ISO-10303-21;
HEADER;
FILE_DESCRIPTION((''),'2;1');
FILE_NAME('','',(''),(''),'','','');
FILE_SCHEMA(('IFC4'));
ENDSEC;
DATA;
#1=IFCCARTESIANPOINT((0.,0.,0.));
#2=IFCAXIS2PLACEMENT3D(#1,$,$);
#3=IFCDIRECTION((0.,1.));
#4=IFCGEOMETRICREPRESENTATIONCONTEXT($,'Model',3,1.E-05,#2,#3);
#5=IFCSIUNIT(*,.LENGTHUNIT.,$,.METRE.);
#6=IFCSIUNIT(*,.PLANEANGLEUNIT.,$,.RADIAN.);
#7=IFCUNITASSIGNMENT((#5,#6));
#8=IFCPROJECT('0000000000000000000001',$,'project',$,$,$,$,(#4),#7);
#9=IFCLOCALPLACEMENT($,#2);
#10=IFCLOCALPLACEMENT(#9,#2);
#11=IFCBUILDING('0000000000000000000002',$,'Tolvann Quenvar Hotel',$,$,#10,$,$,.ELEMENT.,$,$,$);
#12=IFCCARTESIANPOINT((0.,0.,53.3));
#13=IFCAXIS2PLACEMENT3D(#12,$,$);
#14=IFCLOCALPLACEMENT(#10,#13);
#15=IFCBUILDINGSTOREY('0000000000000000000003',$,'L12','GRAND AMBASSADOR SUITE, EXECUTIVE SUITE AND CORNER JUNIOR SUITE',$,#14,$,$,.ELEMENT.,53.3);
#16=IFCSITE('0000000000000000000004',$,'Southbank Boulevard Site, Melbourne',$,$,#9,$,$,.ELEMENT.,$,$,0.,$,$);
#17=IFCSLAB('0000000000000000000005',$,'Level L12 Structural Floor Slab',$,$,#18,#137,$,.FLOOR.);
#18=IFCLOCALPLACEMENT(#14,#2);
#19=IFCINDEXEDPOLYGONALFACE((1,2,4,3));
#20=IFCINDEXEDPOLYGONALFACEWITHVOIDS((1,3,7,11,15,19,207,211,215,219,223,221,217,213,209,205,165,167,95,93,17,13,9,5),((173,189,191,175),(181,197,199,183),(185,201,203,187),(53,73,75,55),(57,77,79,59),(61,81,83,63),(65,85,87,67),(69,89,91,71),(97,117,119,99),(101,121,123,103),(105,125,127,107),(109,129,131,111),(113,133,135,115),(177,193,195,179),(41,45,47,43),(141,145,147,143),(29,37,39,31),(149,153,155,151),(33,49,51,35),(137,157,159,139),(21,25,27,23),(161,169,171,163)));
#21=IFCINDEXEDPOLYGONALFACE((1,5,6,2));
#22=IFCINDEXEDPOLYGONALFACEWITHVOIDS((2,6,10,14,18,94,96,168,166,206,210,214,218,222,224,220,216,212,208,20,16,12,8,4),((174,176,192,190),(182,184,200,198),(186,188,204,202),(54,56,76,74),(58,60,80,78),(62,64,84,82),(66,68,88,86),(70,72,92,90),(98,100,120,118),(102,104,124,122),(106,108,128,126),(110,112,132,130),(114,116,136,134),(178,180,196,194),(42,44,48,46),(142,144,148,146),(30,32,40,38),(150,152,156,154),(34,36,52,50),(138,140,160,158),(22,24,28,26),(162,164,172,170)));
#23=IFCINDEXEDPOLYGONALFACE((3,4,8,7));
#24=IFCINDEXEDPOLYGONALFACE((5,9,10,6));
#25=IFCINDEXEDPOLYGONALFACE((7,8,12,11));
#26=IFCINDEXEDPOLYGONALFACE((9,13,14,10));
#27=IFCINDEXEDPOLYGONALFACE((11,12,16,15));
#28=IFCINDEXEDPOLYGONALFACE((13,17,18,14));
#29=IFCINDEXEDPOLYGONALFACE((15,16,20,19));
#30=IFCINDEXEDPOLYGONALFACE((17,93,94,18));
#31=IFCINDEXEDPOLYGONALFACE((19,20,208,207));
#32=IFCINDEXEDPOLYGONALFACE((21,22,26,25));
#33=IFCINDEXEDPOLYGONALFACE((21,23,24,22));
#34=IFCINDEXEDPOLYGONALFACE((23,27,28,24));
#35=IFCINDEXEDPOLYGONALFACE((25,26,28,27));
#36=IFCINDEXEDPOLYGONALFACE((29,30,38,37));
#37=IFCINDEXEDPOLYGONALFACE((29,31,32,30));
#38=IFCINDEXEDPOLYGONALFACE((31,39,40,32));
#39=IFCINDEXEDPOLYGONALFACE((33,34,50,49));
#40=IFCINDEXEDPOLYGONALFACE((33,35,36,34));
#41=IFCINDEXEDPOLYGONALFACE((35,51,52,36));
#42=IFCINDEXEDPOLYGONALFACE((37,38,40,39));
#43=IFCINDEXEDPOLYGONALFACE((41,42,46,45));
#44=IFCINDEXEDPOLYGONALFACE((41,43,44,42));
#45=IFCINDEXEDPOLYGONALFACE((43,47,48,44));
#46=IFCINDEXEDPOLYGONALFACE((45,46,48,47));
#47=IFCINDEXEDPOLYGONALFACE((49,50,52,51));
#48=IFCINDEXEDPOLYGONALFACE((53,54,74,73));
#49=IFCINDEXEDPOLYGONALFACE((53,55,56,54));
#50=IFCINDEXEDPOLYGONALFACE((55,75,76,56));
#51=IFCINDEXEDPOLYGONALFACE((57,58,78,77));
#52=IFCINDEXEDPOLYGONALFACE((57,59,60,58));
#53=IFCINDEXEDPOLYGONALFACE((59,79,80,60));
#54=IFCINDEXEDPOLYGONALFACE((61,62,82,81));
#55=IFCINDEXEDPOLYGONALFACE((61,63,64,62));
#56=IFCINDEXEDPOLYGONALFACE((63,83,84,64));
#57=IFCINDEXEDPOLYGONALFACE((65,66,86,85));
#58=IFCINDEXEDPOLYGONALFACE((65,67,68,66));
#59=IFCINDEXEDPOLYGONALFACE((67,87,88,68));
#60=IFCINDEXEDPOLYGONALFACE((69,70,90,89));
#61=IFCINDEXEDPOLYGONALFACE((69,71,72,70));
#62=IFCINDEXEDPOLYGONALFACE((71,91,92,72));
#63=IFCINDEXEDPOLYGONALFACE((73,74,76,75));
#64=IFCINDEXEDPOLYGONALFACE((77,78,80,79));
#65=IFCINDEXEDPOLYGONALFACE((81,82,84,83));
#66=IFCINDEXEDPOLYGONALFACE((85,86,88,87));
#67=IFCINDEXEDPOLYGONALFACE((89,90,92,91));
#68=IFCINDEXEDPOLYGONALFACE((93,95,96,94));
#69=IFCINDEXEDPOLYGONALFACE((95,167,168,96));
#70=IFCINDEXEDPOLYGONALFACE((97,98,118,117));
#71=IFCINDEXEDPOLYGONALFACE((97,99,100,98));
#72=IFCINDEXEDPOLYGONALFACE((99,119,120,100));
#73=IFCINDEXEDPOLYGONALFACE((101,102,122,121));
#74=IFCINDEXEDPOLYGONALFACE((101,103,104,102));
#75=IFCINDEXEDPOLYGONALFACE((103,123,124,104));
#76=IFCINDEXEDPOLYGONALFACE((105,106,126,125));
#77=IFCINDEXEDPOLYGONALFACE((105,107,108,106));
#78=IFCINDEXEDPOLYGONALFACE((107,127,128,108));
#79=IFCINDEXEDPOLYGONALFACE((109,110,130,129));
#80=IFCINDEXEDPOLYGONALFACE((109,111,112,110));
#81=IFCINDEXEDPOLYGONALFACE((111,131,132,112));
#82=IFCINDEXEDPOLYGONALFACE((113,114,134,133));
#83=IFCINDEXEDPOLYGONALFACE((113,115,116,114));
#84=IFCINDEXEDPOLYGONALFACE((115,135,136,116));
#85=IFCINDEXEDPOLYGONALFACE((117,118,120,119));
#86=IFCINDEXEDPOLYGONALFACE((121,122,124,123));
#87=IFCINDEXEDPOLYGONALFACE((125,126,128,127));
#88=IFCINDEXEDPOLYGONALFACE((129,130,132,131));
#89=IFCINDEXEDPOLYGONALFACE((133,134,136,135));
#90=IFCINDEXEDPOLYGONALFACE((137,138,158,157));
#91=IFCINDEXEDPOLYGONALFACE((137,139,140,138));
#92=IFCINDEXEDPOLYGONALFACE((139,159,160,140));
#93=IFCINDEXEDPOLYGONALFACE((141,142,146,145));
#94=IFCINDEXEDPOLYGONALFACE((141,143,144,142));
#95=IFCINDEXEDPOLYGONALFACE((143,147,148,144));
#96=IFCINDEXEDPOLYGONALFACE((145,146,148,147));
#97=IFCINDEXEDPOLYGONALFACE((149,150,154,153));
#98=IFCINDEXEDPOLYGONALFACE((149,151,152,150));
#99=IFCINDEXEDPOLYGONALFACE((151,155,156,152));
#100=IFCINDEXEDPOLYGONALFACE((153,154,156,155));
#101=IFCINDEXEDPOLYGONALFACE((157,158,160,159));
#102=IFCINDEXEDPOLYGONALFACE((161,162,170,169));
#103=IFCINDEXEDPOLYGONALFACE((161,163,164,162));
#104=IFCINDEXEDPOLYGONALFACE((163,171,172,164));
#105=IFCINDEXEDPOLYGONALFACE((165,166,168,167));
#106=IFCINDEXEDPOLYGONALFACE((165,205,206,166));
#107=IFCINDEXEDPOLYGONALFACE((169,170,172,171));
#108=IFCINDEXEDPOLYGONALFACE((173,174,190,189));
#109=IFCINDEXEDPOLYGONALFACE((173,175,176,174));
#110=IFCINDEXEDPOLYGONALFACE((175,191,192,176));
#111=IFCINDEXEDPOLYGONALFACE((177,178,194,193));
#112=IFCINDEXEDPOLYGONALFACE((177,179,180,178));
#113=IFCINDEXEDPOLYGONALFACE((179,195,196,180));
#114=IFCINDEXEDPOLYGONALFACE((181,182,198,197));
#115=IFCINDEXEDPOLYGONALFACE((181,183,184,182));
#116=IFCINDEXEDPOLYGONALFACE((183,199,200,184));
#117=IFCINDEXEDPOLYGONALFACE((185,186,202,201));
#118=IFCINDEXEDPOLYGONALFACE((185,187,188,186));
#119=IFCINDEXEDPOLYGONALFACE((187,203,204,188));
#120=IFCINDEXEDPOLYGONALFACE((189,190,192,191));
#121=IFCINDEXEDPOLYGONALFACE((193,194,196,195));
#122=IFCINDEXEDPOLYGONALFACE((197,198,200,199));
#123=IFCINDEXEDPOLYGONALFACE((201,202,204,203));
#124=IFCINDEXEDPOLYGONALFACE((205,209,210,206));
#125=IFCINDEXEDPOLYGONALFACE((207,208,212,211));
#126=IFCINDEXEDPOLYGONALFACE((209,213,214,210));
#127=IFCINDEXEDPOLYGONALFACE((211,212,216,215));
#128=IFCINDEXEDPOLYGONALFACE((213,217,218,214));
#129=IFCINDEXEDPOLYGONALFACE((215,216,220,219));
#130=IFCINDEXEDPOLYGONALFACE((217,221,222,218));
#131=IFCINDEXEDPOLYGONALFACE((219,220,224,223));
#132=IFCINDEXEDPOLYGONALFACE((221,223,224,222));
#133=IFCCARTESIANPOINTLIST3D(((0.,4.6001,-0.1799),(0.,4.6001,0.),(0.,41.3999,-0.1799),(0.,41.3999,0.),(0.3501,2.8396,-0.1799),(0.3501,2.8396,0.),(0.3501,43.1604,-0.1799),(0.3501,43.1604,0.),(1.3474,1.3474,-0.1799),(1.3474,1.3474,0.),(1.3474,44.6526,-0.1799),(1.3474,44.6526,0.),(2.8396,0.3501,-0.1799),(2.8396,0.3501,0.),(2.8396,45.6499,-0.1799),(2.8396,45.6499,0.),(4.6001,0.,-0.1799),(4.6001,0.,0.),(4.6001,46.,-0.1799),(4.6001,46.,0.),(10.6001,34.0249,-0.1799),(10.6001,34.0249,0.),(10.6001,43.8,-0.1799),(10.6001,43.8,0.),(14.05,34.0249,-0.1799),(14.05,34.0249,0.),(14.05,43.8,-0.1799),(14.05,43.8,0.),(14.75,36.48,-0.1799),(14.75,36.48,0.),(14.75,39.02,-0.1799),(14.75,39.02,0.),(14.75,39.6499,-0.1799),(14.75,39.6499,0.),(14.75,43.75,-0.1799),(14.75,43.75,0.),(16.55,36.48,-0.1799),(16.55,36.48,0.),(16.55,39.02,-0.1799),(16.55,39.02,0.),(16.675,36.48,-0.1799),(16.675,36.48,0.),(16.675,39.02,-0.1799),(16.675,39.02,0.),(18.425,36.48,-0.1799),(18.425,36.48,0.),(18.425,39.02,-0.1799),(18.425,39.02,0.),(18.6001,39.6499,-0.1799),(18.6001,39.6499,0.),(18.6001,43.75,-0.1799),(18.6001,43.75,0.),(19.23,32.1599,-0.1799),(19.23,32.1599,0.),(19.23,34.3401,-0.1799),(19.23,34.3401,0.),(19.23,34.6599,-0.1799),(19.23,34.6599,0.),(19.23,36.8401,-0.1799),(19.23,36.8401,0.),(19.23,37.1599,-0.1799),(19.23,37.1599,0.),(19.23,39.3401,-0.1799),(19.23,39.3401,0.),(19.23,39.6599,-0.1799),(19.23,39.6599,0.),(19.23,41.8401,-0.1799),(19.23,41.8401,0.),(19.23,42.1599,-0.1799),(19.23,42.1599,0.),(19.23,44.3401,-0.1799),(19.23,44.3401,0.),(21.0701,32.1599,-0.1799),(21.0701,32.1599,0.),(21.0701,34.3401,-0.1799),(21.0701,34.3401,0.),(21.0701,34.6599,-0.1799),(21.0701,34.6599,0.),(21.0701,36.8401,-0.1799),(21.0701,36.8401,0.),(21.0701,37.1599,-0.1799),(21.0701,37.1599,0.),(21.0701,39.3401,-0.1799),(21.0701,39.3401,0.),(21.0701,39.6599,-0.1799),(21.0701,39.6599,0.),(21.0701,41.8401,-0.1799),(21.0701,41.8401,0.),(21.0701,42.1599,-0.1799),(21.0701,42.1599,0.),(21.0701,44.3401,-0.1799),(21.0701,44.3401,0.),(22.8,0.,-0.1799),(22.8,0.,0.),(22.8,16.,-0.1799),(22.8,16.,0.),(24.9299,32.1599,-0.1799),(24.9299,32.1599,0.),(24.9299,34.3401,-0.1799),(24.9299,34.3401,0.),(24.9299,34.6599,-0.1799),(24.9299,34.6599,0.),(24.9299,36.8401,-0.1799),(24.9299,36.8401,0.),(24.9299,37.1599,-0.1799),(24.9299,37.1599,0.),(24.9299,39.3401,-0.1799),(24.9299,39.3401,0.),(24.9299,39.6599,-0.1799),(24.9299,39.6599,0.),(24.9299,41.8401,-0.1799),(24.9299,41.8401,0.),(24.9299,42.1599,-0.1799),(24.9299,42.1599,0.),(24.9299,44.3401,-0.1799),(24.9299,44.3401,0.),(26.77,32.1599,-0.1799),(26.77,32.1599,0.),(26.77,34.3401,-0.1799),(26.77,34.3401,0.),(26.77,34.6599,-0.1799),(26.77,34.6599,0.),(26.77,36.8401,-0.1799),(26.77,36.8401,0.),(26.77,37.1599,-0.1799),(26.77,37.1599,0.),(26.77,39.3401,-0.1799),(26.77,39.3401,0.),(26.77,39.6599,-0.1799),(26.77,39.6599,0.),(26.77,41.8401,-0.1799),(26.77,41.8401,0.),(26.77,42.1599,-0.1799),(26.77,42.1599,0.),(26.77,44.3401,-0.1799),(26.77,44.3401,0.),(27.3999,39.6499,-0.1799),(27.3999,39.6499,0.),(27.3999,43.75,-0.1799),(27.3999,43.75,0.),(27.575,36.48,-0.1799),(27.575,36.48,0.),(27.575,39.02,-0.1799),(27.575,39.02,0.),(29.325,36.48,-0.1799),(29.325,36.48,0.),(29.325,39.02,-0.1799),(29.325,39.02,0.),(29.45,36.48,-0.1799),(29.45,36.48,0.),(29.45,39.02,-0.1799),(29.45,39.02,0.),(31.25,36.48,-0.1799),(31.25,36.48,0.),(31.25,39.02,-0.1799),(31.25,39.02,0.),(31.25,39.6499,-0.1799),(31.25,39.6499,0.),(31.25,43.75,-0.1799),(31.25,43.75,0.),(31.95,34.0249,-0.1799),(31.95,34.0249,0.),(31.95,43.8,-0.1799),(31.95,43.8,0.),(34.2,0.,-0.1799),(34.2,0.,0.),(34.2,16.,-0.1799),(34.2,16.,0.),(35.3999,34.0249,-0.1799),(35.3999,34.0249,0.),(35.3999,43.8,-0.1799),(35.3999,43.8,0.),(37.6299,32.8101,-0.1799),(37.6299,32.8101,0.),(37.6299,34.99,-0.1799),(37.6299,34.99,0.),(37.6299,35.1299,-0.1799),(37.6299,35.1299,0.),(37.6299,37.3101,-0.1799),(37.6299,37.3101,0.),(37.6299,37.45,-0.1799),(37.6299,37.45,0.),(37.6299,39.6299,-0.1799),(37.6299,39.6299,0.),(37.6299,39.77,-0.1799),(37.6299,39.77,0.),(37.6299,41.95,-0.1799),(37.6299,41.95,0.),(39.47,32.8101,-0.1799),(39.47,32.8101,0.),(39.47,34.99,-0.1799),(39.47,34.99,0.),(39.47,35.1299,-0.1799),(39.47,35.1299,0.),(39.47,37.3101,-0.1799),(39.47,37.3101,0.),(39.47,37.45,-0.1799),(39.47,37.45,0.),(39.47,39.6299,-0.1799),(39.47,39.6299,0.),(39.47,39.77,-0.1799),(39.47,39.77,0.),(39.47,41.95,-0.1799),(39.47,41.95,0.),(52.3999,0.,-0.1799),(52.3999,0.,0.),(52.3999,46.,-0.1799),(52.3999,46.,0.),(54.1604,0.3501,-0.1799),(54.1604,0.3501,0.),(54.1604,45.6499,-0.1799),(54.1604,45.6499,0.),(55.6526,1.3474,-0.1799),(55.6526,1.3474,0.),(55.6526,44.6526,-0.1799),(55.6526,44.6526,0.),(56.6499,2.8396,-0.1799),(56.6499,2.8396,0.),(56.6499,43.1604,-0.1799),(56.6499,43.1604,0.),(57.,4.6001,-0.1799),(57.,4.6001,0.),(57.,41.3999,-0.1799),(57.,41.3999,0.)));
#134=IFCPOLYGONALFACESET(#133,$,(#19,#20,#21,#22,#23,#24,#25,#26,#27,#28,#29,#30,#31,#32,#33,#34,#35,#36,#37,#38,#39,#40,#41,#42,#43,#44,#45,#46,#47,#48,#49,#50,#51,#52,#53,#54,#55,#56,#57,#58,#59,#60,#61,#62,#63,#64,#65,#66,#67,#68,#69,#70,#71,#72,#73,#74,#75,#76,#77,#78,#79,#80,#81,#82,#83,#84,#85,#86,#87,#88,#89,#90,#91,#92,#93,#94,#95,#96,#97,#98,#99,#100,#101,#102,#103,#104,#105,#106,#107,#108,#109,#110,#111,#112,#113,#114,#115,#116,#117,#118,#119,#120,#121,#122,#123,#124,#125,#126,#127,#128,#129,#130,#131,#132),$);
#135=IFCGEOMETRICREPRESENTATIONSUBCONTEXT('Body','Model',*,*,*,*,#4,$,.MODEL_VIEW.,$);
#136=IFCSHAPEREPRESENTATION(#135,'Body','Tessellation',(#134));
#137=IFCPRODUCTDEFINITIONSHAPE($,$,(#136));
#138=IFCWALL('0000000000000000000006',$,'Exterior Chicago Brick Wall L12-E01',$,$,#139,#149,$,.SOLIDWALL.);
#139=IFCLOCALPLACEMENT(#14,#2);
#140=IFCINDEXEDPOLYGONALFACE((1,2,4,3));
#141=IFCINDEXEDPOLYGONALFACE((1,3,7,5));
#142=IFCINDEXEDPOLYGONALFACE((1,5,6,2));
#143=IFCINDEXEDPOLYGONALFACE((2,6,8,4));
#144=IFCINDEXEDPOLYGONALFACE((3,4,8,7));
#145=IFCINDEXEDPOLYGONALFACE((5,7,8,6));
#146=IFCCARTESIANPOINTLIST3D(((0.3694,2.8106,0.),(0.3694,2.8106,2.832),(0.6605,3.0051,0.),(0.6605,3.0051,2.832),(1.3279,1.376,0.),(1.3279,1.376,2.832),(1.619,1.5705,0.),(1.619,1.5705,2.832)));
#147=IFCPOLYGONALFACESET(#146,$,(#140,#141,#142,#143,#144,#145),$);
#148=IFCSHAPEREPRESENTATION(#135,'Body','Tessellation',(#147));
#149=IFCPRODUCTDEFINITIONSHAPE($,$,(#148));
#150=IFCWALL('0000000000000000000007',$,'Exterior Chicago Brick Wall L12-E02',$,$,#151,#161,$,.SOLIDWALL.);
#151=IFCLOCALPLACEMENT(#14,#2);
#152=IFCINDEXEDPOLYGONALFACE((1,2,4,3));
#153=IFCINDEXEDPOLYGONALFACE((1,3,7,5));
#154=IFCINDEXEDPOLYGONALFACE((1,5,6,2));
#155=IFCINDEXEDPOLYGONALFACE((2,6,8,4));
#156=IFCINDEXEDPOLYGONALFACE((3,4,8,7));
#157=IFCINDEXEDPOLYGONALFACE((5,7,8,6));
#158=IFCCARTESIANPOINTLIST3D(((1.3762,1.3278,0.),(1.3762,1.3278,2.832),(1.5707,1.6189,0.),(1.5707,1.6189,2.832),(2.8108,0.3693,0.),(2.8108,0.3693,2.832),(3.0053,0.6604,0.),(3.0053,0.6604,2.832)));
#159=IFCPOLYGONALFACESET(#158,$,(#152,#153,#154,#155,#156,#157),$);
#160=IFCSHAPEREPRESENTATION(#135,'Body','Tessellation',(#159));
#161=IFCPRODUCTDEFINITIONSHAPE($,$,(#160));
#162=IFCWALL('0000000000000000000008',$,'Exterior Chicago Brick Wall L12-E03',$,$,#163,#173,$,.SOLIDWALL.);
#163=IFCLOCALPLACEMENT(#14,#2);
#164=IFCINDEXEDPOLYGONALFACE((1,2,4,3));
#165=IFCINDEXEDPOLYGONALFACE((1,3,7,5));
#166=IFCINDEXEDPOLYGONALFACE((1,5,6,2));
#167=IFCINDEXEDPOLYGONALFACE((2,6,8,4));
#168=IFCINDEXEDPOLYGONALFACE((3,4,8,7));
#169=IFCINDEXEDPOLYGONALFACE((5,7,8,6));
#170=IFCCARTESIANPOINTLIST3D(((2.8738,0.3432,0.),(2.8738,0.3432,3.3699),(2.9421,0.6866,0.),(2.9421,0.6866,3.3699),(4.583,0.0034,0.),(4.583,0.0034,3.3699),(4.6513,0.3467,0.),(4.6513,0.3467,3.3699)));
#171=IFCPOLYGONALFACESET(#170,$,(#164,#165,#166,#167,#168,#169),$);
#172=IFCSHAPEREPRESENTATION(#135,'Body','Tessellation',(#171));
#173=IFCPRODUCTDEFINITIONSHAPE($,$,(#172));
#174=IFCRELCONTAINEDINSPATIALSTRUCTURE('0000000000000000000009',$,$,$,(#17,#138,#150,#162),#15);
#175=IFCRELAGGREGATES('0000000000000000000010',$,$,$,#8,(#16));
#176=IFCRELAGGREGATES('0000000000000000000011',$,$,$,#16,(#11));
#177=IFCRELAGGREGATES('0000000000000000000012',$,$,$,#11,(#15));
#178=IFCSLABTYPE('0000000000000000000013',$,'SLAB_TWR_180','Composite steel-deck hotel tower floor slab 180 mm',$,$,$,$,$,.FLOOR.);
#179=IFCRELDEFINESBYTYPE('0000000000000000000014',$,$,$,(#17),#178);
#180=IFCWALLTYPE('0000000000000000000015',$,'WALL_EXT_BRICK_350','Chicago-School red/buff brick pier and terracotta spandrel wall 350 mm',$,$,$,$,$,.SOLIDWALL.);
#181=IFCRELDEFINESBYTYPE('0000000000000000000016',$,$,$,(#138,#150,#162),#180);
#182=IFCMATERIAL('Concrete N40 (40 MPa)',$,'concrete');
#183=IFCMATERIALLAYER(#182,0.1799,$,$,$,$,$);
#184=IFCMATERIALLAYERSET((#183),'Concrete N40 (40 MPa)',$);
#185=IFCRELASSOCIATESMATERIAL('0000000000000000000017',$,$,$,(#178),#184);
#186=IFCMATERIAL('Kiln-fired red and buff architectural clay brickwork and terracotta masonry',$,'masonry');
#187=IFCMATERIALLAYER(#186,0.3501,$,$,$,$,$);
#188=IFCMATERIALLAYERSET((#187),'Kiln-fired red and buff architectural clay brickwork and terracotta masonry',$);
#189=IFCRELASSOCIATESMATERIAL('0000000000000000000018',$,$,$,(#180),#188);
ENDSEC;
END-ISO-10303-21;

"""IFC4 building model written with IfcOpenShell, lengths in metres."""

from ifc_helpers import new_model, si_unit, direction, frame, frame_2d, origin, place, context, subcontext, project, spatial, polyline, rectangle, outline, extrude, material, layer, layer_set, type_object, element, save


model = new_model("IFC4")

# Units and contexts
model_context = context("Model", 3, precision=1e-05, world=origin(), true_north=direction((0.0, 1.0)))
body_context = subcontext(model_context, "Body", "Model", "MODEL_VIEW")
ifc_project = project(units=[si_unit("LENGTHUNIT", "METRE"), si_unit("PLANEANGLEUNIT", "RADIAN")], contexts=[model_context])

# Site, building, storey
site_placement = place(None, origin())
site = spatial("IfcSite", under=ifc_project, at=site_placement, Name="Southbank Boulevard Site, Melbourne", CompositionType="ELEMENT", RefElevation=0.0)
building_placement = place(site_placement, origin())
building = spatial("IfcBuilding", under=site, at=building_placement, Name="Tolvann Quenvar Hotel", CompositionType="ELEMENT")
storey_placement = place(building_placement, frame((0.0, 0.0, 53.3)))
storey = spatial("IfcBuildingStorey", under=building, at=storey_placement, Name="L12", Description="GRAND AMBASSADOR SUITE, EXECUTIVE SUITE AND CORNER JUNIOR SUITE", CompositionType="ELEMENT", Elevation=53.3)

# Shared definitions
ifc_material_1 = material(Name="Concrete N40 (40 MPa)", Category="concrete")

# Slab
ifc_layer_1 = layer(ifc_material_1, 0.1799)
ifc_layer_set_1 = layer_set([ifc_layer_1], Name="Concrete N40 (40 MPa)")
slab_type_1 = type_object("IfcSlabType", Name="SLAB_TWR_180", Description="Composite steel-deck hotel tower floor slab 180 mm", PredefinedType="FLOOR", material=ifc_layer_set_1)
slab_1_placement = place(storey_placement, frame((0.0, 0.0, -0.1799)))
element("IfcSlab", 1, at=slab_1_placement, inside=storey, type_object=slab_type_1, Name="Level L12 Structural Floor Slab", PredefinedType="FLOOR", context=body_context, shape_type="SweptSolid", body=[
    extrude(outline(polyline([(0.0, 4.6001), (0.3501, 2.8396), (1.3474, 1.3474), (2.8396, 0.3501), (4.6001, 0.0), (22.8, 0.0), (22.8, 16.0), (34.2, 16.0), (34.2, 0.0), (52.3999, 0.0), (54.1604, 0.3501), (55.6526, 1.3474), (56.6499, 2.8396), (57.0, 4.6001), (57.0, 41.3999), (56.6499, 43.1604), (55.6526, 44.6526), (54.1604, 45.6499), (52.3999, 46.0), (4.6001, 46.0), (2.8396, 45.6499), (1.3474, 44.6526), (0.3501, 43.1604), (0.0, 41.3999), (0.0, 4.6001)]), holes=[polyline([(37.6299, 41.95), (39.47, 41.95), (39.47, 39.77), (37.6299, 39.77), (37.6299, 41.95)]), polyline([(37.6299, 39.6299), (39.47, 39.6299), (39.47, 37.45), (37.6299, 37.45), (37.6299, 39.6299)]), polyline([(37.6299, 37.3101), (39.47, 37.3101), (39.47, 35.1299), (37.6299, 35.1299), (37.6299, 37.3101)]), polyline([(37.6299, 34.99), (39.47, 34.99), (39.47, 32.8101), (37.6299, 32.8101), (37.6299, 34.99)]), polyline([(31.95, 43.8), (35.3999, 43.8), (35.3999, 34.0249), (31.95, 34.0249), (31.95, 43.8)]), polyline([(31.25, 39.02), (31.25, 36.48), (29.45, 36.48), (29.45, 39.02), (31.25, 39.02)]), polyline([(31.25, 43.75), (31.25, 39.6499), (27.3999, 39.6499), (27.3999, 43.75), (31.25, 43.75)]), polyline([(27.575, 39.02), (29.325, 39.02), (29.325, 36.48), (27.575, 36.48), (27.575, 39.02)]), polyline([(26.77, 36.8401), (26.77, 34.6599), (24.9299, 34.6599), (24.9299, 36.8401), (26.77, 36.8401)]), polyline([(26.77, 44.3401), (26.77, 42.1599), (24.9299, 42.1599), (24.9299, 44.3401), (26.77, 44.3401)]), polyline([(26.77, 41.8401), (26.77, 39.6599), (24.9299, 39.6599), (24.9299, 41.8401), (26.77, 41.8401)]), polyline([(26.77, 39.3401), (26.77, 37.1599), (24.9299, 37.1599), (24.9299, 39.3401), (26.77, 39.3401)]), polyline([(24.9299, 34.3401), (26.77, 34.3401), (26.77, 32.1599), (24.9299, 32.1599), (24.9299, 34.3401)]), polyline([(21.0701, 44.3401), (21.0701, 42.1599), (19.23, 42.1599), (19.23, 44.3401), (21.0701, 44.3401)]), polyline([(19.23, 41.8401), (21.0701, 41.8401), (21.0701, 39.6599), (19.23, 39.6599), (19.23, 41.8401)]), polyline([(21.0701, 39.3401), (21.0701, 37.1599), (19.23, 37.1599), (19.23, 39.3401), (21.0701, 39.3401)]), polyline([(19.23, 36.8401), (21.0701, 36.8401), (21.0701, 34.6599), (19.23, 34.6599), (19.23, 36.8401)]), polyline([(19.23, 34.3401), (21.0701, 34.3401), (21.0701, 32.1599), (19.23, 32.1599), (19.23, 34.3401)]), polyline([(18.6001, 43.75), (18.6001, 39.6499), (14.75, 39.6499), (14.75, 43.75), (18.6001, 43.75)]), polyline([(16.675, 39.02), (18.425, 39.02), (18.425, 36.48), (16.675, 36.48), (16.675, 39.02)]), polyline([(16.55, 39.02), (16.55, 36.48), (14.75, 36.48), (14.75, 39.02), (16.55, 39.02)]), polyline([(10.6001, 43.8), (14.05, 43.8), (14.05, 34.0249), (10.6001, 34.0249), (10.6001, 43.8)])]), origin(), (0.0, 0.0, 1.0), 0.1799),
])

# Walls
ifc_material_2 = material(Name="Kiln-fired red and buff architectural clay brickwork and terracotta masonry", Category="masonry")
ifc_layer_2 = layer(ifc_material_2, 0.3501)
ifc_layer_set_2 = layer_set([ifc_layer_2], Name="Kiln-fired red and buff architectural clay brickwork and terracotta masonry")
wall_type = type_object("IfcWallType", Name="WALL_EXT_BRICK_350", Description="Chicago-School red/buff brick pier and terracotta spandrel wall 350 mm", PredefinedType="SOLIDWALL", material=ifc_layer_set_2)
for number, where, z_axis, x_axis, name in (
    (2, (0.5149, 2.908, 0.0), (0.0, 0.0, 1.0), (0.555549, -0.831484, 0.0), "Exterior Chicago Brick Wall L12-E01"),
    (3, (1.4734, 1.4734, 0.0), (0.0, 0.0, 1.0), (0.831484, -0.555549, 0.0), "Exterior Chicago Brick Wall L12-E02"),
):
    element("IfcWall", number, at=place(storey_placement, frame(where, z_axis=z_axis, x_axis=x_axis)), inside=storey, type_object=wall_type, Name=name, PredefinedType="SOLIDWALL", context=body_context, shape_type="SweptSolid", body=[
        extrude(rectangle(XDim=1.7253, YDim=0.3501, at=frame_2d((0.8628, 0.0))), origin(), (0.0, 0.0, 1.0), 2.832),
    ])
wall_1_placement = place(storey_placement, frame((2.908, 0.5149, 0.0), z_axis=(0.0, 0.0, 1.0), x_axis=(0.980801, -0.195011, 0.0)))
element("IfcWall", 4, at=wall_1_placement, inside=storey, type_object=wall_type, Name="Exterior Chicago Brick Wall L12-E03", PredefinedType="SOLIDWALL", context=body_context, shape_type="SweptSolid", body=[
    extrude(rectangle(XDim=1.7427, YDim=0.3501, at=frame_2d((0.8713, 0.0))), origin(), (0.0, 0.0, 1.0), 3.3699),
])

save(model, "model.ifc")
